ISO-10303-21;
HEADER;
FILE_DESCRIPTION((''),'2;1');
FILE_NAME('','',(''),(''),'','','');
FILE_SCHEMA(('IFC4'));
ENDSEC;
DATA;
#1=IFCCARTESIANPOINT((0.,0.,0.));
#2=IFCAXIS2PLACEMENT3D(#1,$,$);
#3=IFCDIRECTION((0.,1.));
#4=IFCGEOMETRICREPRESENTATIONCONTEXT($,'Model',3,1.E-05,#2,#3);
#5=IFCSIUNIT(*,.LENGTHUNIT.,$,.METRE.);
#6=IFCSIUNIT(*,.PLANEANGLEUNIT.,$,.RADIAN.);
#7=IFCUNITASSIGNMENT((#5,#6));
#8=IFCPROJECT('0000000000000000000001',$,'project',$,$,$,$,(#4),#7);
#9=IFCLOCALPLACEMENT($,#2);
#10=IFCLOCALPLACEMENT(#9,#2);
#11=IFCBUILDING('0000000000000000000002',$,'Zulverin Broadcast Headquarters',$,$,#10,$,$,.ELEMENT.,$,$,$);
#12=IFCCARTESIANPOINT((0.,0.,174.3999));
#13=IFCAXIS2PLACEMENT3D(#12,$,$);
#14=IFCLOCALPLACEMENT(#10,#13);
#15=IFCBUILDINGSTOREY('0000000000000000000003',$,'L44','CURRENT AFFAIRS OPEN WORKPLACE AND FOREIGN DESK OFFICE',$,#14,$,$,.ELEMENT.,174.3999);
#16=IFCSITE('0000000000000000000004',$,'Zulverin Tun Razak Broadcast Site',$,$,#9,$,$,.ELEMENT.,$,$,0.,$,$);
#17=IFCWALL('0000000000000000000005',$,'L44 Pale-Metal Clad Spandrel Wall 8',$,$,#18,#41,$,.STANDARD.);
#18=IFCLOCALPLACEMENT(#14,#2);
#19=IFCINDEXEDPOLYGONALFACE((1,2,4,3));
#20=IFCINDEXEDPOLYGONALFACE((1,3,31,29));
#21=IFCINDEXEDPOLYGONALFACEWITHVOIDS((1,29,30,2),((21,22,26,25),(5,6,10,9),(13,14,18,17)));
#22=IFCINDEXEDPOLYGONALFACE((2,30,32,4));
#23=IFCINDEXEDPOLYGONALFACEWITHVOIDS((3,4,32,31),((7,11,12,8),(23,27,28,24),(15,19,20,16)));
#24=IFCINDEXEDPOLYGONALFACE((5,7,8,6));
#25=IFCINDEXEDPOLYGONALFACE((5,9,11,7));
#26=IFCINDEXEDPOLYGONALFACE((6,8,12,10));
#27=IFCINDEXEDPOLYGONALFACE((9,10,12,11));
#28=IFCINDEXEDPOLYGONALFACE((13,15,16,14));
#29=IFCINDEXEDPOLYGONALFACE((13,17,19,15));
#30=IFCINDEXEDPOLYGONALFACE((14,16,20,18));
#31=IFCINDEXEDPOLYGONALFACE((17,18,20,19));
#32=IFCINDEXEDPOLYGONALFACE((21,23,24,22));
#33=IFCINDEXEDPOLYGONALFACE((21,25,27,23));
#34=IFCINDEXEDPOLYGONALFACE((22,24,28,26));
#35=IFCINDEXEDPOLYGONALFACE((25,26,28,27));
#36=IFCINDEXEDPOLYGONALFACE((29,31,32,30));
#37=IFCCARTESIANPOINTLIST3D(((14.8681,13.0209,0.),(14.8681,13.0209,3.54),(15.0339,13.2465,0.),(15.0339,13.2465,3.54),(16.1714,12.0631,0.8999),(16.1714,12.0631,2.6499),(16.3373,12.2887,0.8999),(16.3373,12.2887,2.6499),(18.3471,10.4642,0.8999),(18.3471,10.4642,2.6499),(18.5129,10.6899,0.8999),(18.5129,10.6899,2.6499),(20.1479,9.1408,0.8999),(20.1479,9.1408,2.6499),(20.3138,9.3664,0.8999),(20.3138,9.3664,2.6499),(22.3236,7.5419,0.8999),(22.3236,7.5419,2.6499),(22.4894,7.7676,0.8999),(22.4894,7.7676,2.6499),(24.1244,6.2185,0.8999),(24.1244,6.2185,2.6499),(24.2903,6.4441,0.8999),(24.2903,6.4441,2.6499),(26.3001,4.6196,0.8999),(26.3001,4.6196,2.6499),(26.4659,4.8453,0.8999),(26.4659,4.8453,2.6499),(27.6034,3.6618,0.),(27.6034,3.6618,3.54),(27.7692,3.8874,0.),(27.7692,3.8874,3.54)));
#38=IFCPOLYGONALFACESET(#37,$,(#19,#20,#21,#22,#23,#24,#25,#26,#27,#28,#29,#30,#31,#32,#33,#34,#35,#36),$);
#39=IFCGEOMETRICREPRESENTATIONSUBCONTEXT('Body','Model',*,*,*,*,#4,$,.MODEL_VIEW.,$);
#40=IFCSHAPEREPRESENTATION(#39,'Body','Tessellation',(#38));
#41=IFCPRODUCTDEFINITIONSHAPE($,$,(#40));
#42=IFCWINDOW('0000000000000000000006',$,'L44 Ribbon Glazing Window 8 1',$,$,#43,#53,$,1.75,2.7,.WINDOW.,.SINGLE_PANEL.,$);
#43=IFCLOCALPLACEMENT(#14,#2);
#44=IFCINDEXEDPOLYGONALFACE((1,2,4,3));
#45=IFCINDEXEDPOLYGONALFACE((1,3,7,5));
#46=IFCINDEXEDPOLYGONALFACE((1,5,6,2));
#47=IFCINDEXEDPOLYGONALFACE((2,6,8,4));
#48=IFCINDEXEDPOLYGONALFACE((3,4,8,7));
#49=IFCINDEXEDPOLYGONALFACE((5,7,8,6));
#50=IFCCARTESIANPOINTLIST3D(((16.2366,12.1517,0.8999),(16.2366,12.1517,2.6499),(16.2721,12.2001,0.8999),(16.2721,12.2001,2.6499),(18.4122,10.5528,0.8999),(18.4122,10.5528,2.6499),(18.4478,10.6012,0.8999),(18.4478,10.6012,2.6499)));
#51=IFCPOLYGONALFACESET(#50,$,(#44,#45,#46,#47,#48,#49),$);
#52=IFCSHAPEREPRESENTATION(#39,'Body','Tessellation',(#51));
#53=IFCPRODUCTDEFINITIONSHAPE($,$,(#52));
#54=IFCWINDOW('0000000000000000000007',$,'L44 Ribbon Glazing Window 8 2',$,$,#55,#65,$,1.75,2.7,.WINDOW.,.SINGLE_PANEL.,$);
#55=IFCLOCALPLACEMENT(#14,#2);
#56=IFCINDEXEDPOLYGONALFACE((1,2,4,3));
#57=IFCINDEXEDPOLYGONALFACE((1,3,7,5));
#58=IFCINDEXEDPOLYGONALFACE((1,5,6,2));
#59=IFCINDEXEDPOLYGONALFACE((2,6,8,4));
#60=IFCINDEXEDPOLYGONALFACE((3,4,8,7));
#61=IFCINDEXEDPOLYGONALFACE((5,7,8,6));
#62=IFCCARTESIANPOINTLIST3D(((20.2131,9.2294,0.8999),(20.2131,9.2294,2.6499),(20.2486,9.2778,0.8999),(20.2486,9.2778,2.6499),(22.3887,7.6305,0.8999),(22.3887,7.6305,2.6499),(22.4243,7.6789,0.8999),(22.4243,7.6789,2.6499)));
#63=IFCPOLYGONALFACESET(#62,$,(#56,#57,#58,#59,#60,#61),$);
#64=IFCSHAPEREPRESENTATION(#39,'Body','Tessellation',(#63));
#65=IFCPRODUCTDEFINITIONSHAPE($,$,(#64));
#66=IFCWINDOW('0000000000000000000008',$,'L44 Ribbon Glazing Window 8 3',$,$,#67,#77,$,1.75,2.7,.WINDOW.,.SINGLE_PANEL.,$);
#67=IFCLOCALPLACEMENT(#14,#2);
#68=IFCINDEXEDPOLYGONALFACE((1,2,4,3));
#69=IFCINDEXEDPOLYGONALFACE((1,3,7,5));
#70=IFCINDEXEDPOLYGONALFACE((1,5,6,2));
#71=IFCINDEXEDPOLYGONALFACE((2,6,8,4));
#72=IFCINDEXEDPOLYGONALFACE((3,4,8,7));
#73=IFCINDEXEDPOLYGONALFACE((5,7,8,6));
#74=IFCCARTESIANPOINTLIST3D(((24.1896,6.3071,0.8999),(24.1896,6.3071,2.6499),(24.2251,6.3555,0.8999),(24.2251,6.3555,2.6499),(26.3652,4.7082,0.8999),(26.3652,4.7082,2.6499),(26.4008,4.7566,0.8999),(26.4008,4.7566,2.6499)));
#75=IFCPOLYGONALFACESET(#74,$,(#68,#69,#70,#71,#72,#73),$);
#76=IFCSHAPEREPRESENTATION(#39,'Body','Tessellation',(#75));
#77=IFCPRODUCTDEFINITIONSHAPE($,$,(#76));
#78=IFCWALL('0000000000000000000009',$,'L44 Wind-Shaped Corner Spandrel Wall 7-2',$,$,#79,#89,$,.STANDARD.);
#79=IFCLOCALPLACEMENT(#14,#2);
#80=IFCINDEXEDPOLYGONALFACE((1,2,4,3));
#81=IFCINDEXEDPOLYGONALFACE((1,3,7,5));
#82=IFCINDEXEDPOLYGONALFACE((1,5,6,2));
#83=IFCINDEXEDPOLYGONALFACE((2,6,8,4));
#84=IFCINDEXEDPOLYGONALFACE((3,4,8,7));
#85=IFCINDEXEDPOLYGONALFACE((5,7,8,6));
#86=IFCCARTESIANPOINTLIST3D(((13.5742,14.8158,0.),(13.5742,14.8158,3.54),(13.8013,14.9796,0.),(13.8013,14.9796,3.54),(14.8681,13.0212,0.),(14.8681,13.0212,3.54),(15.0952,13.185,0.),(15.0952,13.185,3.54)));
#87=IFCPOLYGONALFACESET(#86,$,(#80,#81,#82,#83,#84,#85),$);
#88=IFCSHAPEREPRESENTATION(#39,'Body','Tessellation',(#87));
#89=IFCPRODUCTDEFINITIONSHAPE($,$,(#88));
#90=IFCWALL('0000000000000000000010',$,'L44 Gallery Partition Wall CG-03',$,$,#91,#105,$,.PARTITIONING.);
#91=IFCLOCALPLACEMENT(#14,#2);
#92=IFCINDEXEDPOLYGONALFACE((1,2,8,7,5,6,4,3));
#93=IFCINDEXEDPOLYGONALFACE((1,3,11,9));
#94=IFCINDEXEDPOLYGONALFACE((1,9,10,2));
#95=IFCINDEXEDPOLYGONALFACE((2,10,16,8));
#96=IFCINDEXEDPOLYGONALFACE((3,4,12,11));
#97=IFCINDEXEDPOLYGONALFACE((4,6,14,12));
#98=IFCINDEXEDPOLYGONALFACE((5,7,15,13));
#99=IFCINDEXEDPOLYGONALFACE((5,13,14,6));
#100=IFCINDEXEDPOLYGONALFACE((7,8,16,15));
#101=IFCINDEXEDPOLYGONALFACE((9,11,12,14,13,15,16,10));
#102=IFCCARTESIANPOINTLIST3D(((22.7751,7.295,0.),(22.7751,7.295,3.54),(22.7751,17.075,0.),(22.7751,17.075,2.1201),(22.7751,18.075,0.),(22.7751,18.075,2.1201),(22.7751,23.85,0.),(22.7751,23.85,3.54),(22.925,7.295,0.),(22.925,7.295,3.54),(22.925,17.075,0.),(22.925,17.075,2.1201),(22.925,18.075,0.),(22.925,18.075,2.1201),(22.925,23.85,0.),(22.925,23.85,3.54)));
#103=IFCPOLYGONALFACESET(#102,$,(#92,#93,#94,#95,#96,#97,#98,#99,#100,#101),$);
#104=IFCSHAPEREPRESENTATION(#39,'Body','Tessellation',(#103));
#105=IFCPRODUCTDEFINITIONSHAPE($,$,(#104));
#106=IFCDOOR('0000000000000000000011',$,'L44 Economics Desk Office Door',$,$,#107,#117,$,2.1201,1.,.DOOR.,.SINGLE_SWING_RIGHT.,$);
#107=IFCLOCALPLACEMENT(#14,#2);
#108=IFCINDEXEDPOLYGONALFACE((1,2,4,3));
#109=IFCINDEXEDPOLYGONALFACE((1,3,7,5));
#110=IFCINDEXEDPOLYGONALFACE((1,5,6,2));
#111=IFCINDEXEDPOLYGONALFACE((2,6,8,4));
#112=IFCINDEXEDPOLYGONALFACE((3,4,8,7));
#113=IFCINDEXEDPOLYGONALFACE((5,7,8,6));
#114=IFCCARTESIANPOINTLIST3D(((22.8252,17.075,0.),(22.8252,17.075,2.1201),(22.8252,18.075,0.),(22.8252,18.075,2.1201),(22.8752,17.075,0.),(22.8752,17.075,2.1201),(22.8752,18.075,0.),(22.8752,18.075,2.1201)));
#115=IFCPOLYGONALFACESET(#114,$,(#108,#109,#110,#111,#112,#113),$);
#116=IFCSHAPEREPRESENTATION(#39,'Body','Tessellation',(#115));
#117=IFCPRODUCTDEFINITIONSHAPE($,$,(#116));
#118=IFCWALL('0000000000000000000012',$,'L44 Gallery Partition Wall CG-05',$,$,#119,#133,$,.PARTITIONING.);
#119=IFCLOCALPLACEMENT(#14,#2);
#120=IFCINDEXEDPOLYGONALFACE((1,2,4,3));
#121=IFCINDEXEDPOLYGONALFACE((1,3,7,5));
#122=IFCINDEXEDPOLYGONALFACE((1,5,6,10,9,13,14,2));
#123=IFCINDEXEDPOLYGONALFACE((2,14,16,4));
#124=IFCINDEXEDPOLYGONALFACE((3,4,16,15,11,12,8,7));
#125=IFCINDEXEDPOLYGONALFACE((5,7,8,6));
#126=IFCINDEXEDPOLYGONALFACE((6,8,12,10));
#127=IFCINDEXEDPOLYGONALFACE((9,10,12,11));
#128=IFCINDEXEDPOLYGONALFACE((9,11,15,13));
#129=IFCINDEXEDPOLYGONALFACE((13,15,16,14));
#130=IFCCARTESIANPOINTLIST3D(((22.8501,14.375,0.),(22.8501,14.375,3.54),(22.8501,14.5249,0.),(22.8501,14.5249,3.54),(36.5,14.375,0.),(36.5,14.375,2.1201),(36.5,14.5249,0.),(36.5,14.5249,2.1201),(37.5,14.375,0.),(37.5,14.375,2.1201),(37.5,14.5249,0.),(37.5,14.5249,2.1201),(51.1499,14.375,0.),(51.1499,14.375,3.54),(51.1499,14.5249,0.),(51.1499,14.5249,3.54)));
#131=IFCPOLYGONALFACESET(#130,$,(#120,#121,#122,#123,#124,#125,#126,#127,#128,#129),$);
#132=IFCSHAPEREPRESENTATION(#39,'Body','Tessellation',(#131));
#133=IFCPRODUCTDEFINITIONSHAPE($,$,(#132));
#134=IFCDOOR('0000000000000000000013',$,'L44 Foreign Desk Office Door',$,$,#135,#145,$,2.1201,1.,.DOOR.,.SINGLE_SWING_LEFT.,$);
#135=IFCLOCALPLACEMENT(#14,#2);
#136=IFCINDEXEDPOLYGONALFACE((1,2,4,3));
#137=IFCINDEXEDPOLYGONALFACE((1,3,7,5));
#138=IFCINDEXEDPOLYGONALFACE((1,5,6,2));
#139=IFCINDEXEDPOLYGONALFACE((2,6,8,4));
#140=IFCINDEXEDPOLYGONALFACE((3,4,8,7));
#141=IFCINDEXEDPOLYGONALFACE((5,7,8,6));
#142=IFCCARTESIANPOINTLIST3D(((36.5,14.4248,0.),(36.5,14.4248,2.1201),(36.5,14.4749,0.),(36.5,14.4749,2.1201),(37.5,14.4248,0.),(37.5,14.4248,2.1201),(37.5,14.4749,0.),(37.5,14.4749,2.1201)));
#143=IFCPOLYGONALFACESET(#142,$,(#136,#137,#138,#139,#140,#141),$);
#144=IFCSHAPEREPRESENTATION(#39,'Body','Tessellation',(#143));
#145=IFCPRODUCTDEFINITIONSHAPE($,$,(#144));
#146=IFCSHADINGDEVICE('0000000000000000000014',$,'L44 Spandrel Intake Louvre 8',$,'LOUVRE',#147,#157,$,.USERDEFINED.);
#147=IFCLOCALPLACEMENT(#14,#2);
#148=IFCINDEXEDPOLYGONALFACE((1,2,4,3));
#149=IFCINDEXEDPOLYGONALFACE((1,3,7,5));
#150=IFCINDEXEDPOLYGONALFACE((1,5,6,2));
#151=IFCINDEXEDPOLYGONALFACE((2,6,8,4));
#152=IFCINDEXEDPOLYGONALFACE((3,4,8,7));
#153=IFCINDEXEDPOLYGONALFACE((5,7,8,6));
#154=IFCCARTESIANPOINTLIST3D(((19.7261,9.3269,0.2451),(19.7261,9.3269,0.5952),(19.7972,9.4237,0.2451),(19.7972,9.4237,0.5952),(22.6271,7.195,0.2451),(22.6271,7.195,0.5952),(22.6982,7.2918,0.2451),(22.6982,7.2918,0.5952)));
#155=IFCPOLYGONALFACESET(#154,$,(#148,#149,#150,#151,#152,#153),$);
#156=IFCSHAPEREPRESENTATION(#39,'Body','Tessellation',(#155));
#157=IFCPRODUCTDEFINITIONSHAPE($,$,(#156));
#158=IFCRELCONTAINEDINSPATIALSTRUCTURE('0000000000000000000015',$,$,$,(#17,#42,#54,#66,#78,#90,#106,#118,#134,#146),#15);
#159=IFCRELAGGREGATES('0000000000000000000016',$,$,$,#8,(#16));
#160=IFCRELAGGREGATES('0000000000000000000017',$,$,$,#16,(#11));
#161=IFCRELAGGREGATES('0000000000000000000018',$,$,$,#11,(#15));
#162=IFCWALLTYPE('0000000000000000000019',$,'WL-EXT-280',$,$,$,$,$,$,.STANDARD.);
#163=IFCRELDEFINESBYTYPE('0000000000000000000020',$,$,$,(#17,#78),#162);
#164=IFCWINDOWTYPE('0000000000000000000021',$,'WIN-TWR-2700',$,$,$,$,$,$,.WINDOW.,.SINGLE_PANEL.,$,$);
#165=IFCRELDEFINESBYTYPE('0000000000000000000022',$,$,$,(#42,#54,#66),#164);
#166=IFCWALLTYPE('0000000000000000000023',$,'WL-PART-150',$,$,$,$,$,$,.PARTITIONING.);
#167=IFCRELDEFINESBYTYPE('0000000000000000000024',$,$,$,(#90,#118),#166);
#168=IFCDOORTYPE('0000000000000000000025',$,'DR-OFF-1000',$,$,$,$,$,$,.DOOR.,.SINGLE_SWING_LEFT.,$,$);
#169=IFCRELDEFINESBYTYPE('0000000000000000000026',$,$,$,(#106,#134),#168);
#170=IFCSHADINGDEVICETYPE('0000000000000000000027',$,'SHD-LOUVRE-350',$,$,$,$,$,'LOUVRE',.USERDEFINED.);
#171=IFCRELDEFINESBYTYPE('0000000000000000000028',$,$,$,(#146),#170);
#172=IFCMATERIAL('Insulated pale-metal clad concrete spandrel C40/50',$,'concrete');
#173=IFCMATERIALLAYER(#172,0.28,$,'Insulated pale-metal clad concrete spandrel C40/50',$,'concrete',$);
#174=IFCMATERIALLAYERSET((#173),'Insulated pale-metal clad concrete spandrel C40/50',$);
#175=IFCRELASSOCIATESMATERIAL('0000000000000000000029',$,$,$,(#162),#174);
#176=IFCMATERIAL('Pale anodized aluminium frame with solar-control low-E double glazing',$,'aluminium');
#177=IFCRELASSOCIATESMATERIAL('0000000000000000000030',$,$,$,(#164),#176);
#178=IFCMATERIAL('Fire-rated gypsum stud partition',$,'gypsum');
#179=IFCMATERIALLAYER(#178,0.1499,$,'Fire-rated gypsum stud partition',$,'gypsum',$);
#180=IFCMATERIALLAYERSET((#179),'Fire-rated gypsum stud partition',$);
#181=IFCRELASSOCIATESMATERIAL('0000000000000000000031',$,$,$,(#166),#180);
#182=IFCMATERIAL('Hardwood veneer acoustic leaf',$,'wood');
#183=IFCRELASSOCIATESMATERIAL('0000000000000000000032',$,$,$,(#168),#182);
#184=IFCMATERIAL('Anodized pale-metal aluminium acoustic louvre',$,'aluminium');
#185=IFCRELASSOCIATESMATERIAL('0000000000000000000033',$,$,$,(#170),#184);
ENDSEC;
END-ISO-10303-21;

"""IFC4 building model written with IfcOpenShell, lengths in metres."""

from ifc_helpers import new_model, si_unit, direction, frame, frame_2d, origin, origin_2d, place, context, subcontext, project, spatial, rectangle, extrude, material, layer, layer_set, type_object, element, fill, save


model = new_model("IFC4")

# Units and contexts
model_context = context("Model", 3, precision=1e-05, world=origin(), true_north=direction((0.0, 1.0)))
body_context = subcontext(model_context, "Body", "Model", "MODEL_VIEW")
ifc_project = project(units=[si_unit("LENGTHUNIT", "METRE"), si_unit("PLANEANGLEUNIT", "RADIAN")], contexts=[model_context])

# Site, building, storey
site_placement = place(None, origin())
site = spatial("IfcSite", under=ifc_project, at=site_placement, Name="Zulverin Tun Razak Broadcast Site", CompositionType="ELEMENT", RefElevation=0.0)
building_placement = place(site_placement, origin())
building = spatial("IfcBuilding", under=site, at=building_placement, Name="Zulverin Broadcast Headquarters", CompositionType="ELEMENT")
storey_placement = place(building_placement, frame((0.0, 0.0, 174.3999)))
storey = spatial("IfcBuildingStorey", under=building, at=storey_placement, Name="L44", Description="CURRENT AFFAIRS OPEN WORKPLACE AND FOREIGN DESK OFFICE", CompositionType="ELEMENT", Elevation=174.3999)

# Wall, openings, windows
ifc_material_1 = material(Name="Insulated pale-metal clad concrete spandrel C40/50", Category="concrete")
ifc_layer_1 = layer(ifc_material_1, 0.28, Name="Insulated pale-metal clad concrete spandrel C40/50", Category="concrete")
ifc_layer_set_1 = layer_set([ifc_layer_1], Name="Insulated pale-metal clad concrete spandrel C40/50")
wall_type_1 = type_object("IfcWallType", Name="WL-EXT-280", PredefinedType="STANDARD", material=ifc_layer_set_1)
wall_1_placement = place(storey_placement, frame((14.9509, 13.1338, 0.0), z_axis=(0.0, 0.0, 1.0), x_axis=(0.805805, -0.592181, 0.0)))
wall_1 = element("IfcWall", 1, at=wall_1_placement, inside=storey, type_object=wall_type_1, Name="L44 Pale-Metal Clad Spandrel Wall 8", PredefinedType="STANDARD", context=body_context, shape_type="SweptSolid", body=[
    extrude(rectangle(XDim=15.8044, YDim=0.28, at=frame_2d((7.9023, 0.0))), origin(), (0.0, 0.0, 1.0), 3.54),
])
opening_1_placement = place(wall_1_placement, frame((1.6174, 0.0, 0.8999)))
opening_1 = element("IfcOpeningElement", 2, at=opening_1_placement, cuts=wall_1, PredefinedType="OPENING", context=body_context, shape_type="SweptSolid", body=[
    extrude(rectangle(XDim=2.7, YDim=1.75, at=frame_2d((1.3501, 0.875))), frame((0.0, 0.1499, 0.0), z_axis=(0.0, -1.0, 0.0), x_axis=(1.0, 0.0, 0.0)), (0.0, 0.0, 1.0), 0.3),
])
opening_2_placement = place(wall_1_placement, frame((6.5522, 0.0, 0.8999)))
opening_2 = element("IfcOpeningElement", 3, at=opening_2_placement, cuts=wall_1, PredefinedType="OPENING", context=body_context, shape_type="SweptSolid", body=[
    extrude(rectangle(XDim=2.7, YDim=1.75, at=frame_2d((1.3501, 0.875))), frame((0.0, 0.1499, 0.0), z_axis=(0.0, -1.0, 0.0), x_axis=(1.0, 0.0, 0.0)), (0.0, 0.0, 1.0), 0.3),
])
opening_3_placement = place(wall_1_placement, frame((11.4871, 0.0, 0.8999)))
opening_3 = element("IfcOpeningElement", 4, at=opening_3_placement, cuts=wall_1, PredefinedType="OPENING", context=body_context, shape_type="SweptSolid", body=[
    extrude(rectangle(XDim=2.7, YDim=1.75, at=frame_2d((1.3501, 0.875))), frame((0.0, 0.1499, 0.0), z_axis=(0.0, -1.0, 0.0), x_axis=(1.0, 0.0, 0.0)), (0.0, 0.0, 1.0), 0.3),
])
ifc_material_2 = material(Name="Pale anodized aluminium frame with solar-control low-E double glazing", Category="aluminium")
window_type = type_object("IfcWindowType", Name="WIN-TWR-2700", PartitioningType="SINGLE_PANEL", PredefinedType="WINDOW", material=ifc_material_2)
window_1_placement = place(opening_1_placement, origin())
window_1 = element("IfcWindow", 5, at=window_1_placement, inside=storey, type_object=window_type, Name="L44 Ribbon Glazing Window 8 1", OverallHeight=1.75, OverallWidth=2.7, PartitioningType="SINGLE_PANEL", PredefinedType="WINDOW", context=body_context, shape_type="SweptSolid", body=[
    extrude(rectangle(XDim=2.7, YDim=1.75, at=frame_2d((1.3501, 0.875))), frame((0.0, 0.03, 0.0), z_axis=(0.0, -1.0, 0.0), x_axis=(1.0, 0.0, 0.0)), (0.0, 0.0, 1.0), 0.0601),
])
fill(opening_1, window_1)
window_2_placement = place(opening_2_placement, origin())
window_2 = element("IfcWindow", 6, at=window_2_placement, inside=storey, type_object=window_type, Name="L44 Ribbon Glazing Window 8 2", OverallHeight=1.75, OverallWidth=2.7, PartitioningType="SINGLE_PANEL", PredefinedType="WINDOW", context=body_context, shape_type="SweptSolid", body=[
    extrude(rectangle(XDim=2.7, YDim=1.75, at=frame_2d((1.3501, 0.875))), frame((0.0, 0.03, 0.0), z_axis=(0.0, -1.0, 0.0), x_axis=(1.0, 0.0, 0.0)), (0.0, 0.0, 1.0), 0.0601),
])
fill(opening_2, window_2)
window_3_placement = place(opening_3_placement, origin())
window_3 = element("IfcWindow", 7, at=window_3_placement, inside=storey, type_object=window_type, Name="L44 Ribbon Glazing Window 8 3", OverallHeight=1.75, OverallWidth=2.7, PartitioningType="SINGLE_PANEL", PredefinedType="WINDOW", context=body_context, shape_type="SweptSolid", body=[
    extrude(rectangle(XDim=2.7, YDim=1.75, at=frame_2d((1.3501, 0.875))), frame((0.0, 0.03, 0.0), z_axis=(0.0, -1.0, 0.0), x_axis=(1.0, 0.0, 0.0)), (0.0, 0.0, 1.0), 0.0601),
])
fill(opening_3, window_3)

# Wall
wall_2_placement = place(storey_placement, frame((13.6877, 14.8977, 0.0), z_axis=(0.0, 0.0, 1.0), x_axis=(0.584834, -0.811153, 0.0)))
element("IfcWall", 8, at=wall_2_placement, inside=storey, type_object=wall_type_1, Name="L44 Wind-Shaped Corner Spandrel Wall 7-2", PredefinedType="STANDARD", context=body_context, shape_type="SweptSolid", body=[
    extrude(rectangle(XDim=2.2124, YDim=0.28, at=frame_2d((1.1062, 0.0))), origin(), (0.0, 0.0, 1.0), 3.54),
])

# Walls, openings, doors
ifc_material_3 = material(Name="Fire-rated gypsum stud partition", Category="gypsum")
ifc_layer_2 = layer(ifc_material_3, 0.1499, Name="Fire-rated gypsum stud partition", Category="gypsum")
ifc_layer_set_2 = layer_set([ifc_layer_2], Name="Fire-rated gypsum stud partition")
wall_type_2 = type_object("IfcWallType", Name="WL-PART-150", PredefinedType="PARTITIONING", material=ifc_layer_set_2)
wall_3_placement = place(storey_placement, frame((22.8501, 7.2952, 0.0), z_axis=(0.0, 0.0, 1.0), x_axis=(0.0, 1.0, 0.0)))
wall_3 = element("IfcWall", 9, at=wall_3_placement, inside=storey, type_object=wall_type_2, Name="L44 Gallery Partition Wall CG-03", PredefinedType="PARTITIONING", context=body_context, shape_type="SweptSolid", body=[
    extrude(rectangle(XDim=16.5549, YDim=0.1499, at=frame_2d((8.2773, 0.0))), origin(), (0.0, 0.0, 1.0), 3.54),
])
opening_4_placement = place(wall_3_placement, frame((9.7798, 0.0, 0.0)))
opening_4 = element("IfcOpeningElement", 10, at=opening_4_placement, cuts=wall_3, PredefinedType="OPENING", context=body_context, shape_type="SweptSolid", body=[
    extrude(rectangle(XDim=1.0, YDim=2.1201, at=frame_2d((0.5, 1.0601))), frame((0.0, 0.085, 0.0), z_axis=(0.0, -1.0, 0.0), x_axis=(1.0, 0.0, 0.0)), (0.0, 0.0, 1.0), 0.1699),
])
ifc_material_4 = material(Name="Hardwood veneer acoustic leaf", Category="wood")
door_type_1 = type_object("IfcDoorType", Name="DR-OFF-1000", OperationType="SINGLE_SWING_LEFT", PredefinedType="DOOR", material=ifc_material_4)
door_1_placement = place(opening_4_placement, origin())
door_1 = element("IfcDoor", 11, at=door_1_placement, inside=storey, type_object=door_type_1, Name="L44 Economics Desk Office Door", OperationType="SINGLE_SWING_RIGHT", OverallHeight=2.1201, OverallWidth=1.0, PredefinedType="DOOR", context=body_context, shape_type="SweptSolid", body=[
    extrude(rectangle(XDim=1.0, YDim=2.1201, at=frame_2d((0.5, 1.0601))), frame((0.0, 0.0249, 0.0), z_axis=(0.0, -1.0, 0.0), x_axis=(1.0, 0.0, 0.0)), (0.0, 0.0, 1.0), 0.05),
])
fill(opening_4, door_1)
wall_4_placement = place(storey_placement, frame((22.8501, 14.45, 0.0), z_axis=(0.0, 0.0, 1.0), x_axis=(1.0, 0.0, 0.0)))
wall_4 = element("IfcWall", 12, at=wall_4_placement, inside=storey, type_object=wall_type_2, Name="L44 Gallery Partition Wall CG-05", PredefinedType="PARTITIONING", context=body_context, shape_type="SweptSolid", body=[
    extrude(rectangle(XDim=28.2998, YDim=0.1499, at=frame_2d((14.1499, 0.0))), origin(), (0.0, 0.0, 1.0), 3.54),
])
opening_5_placement = place(wall_4_placement, frame((13.6499, 0.0, 0.0)))
opening_5 = element("IfcOpeningElement", 13, at=opening_5_placement, cuts=wall_4, PredefinedType="OPENING", context=body_context, shape_type="SweptSolid", body=[
    extrude(rectangle(XDim=1.0, YDim=2.1201, at=frame_2d((0.5, 1.0601))), frame((0.0, 0.085, 0.0), z_axis=(0.0, -1.0, 0.0), x_axis=(1.0, 0.0, 0.0)), (0.0, 0.0, 1.0), 0.1699),
])
door_2_placement = place(opening_5_placement, origin())
door_2 = element("IfcDoor", 14, at=door_2_placement, inside=storey, type_object=door_type_1, Name="L44 Foreign Desk Office Door", OperationType="SINGLE_SWING_LEFT", OverallHeight=2.1201, OverallWidth=1.0, PredefinedType="DOOR", context=body_context, shape_type="SweptSolid", body=[
    extrude(rectangle(XDim=1.0, YDim=2.1201, at=frame_2d((0.5, 1.0601))), frame((0.0, 0.0249, 0.0), z_axis=(0.0, -1.0, 0.0), x_axis=(1.0, 0.0, 0.0)), (0.0, 0.0, 1.0), 0.05),
])
fill(opening_5, door_2)

# Shading device
ifc_material_5 = material(Name="Anodized pale-metal aluminium acoustic louvre", Category="aluminium")
shading_device_type_1 = type_object("IfcShadingDeviceType", Name="SHD-LOUVRE-350", ElementType="LOUVRE", PredefinedType="USERDEFINED", material=ifc_material_5)
shading_device_1_placement = place(storey_placement, frame((21.2122, 8.3093, 0.2451), z_axis=(0.0, 0.0, 1.0), x_axis=(0.805802, -0.592185, 0.0)))
element("IfcShadingDevice", 15, at=shading_device_1_placement, inside=storey, type_object=shading_device_type_1, Name="L44 Spandrel Intake Louvre 8", ObjectType="LOUVRE", PredefinedType="USERDEFINED", context=body_context, shape_type="SweptSolid", body=[
    extrude(rectangle(XDim=3.6001, YDim=0.1201, at=origin_2d()), origin(), (0.0, 0.0, 1.0), 0.3501),
])

save(model, "model.ifc")
